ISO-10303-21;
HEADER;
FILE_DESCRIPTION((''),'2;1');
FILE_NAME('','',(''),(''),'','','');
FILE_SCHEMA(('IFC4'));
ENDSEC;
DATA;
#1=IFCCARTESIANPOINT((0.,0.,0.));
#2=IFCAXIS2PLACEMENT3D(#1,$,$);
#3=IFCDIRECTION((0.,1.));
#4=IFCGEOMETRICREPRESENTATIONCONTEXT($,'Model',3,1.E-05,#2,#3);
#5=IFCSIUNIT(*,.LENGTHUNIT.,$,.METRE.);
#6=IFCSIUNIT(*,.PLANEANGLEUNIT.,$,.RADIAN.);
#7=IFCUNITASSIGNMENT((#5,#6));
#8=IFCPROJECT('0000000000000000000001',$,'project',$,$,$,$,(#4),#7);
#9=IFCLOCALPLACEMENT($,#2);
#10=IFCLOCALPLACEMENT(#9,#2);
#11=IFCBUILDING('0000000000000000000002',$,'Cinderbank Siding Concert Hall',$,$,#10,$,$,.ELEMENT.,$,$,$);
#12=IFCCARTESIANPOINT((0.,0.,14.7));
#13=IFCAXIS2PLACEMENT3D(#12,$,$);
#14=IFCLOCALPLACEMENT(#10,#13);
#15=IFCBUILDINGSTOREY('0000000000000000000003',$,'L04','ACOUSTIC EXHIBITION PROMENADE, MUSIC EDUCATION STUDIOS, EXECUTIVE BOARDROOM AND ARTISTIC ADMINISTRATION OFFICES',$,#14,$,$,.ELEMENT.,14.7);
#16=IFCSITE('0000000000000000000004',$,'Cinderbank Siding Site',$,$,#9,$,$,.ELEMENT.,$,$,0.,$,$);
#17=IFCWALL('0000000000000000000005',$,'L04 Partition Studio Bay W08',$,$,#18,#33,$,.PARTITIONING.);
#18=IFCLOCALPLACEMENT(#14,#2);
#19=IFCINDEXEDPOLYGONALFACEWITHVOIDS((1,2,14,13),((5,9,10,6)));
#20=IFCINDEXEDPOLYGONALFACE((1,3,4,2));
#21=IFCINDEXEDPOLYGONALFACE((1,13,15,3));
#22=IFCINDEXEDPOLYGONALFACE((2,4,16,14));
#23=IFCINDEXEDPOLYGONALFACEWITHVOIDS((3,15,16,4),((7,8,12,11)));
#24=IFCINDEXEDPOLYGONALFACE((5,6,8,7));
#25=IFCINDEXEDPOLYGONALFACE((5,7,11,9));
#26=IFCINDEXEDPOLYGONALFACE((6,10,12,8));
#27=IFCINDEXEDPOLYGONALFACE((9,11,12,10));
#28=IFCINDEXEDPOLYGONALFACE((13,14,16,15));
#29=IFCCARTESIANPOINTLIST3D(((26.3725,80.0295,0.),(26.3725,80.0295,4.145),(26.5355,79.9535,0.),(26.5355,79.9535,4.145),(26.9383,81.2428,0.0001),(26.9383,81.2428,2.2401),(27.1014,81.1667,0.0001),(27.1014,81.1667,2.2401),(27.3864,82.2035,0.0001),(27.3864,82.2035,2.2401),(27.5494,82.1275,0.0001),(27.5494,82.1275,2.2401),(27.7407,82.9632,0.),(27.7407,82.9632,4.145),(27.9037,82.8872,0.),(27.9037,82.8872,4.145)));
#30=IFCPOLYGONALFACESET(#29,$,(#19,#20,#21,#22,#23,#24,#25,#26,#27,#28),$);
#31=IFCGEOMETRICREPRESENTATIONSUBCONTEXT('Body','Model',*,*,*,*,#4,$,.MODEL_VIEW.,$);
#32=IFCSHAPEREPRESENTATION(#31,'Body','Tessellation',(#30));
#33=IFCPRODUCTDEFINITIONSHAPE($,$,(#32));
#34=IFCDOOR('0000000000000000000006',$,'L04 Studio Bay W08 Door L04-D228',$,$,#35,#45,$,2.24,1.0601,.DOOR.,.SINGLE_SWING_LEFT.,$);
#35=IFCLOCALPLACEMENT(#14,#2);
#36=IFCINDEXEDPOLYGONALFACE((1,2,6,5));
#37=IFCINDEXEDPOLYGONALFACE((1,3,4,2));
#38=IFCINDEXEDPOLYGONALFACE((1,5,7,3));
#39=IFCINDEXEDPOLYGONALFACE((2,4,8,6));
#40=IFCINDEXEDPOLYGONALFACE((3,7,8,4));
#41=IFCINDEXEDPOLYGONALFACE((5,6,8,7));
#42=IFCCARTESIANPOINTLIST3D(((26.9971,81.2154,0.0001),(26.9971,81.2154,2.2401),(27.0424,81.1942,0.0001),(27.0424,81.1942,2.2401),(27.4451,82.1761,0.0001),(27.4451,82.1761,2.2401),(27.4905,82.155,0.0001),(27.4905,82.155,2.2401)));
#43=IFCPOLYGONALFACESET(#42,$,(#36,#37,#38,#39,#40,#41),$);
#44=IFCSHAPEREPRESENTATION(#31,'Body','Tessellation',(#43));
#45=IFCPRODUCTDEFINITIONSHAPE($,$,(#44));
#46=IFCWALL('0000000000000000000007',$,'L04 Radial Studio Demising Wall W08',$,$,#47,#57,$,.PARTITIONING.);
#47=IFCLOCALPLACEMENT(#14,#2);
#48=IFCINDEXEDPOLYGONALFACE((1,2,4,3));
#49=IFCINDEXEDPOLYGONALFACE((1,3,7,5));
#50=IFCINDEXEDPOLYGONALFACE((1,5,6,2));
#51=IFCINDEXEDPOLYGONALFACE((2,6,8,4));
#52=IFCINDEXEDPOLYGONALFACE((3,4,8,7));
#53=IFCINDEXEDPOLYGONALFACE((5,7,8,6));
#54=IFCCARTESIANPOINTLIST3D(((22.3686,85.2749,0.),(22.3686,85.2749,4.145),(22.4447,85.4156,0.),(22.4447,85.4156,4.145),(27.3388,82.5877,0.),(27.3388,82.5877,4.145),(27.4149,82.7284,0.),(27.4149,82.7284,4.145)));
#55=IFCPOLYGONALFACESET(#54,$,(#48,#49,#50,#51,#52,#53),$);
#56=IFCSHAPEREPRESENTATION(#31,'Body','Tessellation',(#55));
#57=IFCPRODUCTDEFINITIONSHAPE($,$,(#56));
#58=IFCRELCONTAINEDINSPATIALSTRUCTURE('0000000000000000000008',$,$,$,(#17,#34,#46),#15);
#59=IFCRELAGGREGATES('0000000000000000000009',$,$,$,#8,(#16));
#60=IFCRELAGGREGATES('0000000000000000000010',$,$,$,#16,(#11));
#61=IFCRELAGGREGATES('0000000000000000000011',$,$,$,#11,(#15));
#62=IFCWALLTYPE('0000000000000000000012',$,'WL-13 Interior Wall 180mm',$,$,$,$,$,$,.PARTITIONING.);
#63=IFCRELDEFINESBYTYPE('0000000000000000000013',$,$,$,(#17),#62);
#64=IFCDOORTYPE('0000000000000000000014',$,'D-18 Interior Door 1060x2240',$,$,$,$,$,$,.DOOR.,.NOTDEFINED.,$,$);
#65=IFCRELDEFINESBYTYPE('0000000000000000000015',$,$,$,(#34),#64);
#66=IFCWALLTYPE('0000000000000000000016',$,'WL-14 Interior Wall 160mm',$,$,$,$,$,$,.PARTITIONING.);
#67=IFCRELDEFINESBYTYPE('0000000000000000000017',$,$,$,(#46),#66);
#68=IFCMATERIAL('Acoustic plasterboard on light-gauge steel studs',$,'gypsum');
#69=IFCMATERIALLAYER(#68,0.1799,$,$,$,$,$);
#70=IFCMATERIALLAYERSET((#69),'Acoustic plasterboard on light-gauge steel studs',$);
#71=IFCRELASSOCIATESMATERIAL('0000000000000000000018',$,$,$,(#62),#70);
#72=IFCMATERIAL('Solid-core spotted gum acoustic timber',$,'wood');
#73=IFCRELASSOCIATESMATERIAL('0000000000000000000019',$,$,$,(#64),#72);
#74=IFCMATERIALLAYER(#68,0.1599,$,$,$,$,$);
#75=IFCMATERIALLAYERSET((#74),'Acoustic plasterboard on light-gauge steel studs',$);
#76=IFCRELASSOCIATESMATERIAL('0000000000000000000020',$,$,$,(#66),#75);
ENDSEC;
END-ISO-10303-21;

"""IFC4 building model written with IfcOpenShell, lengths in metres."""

from ifc_helpers import new_model, si_unit, direction, frame, frame_2d, origin, place, context, subcontext, project, spatial, rectangle, extrude, material, layer, layer_set, type_object, element, fill, save


model = new_model("IFC4")

# Units and contexts
model_context = context("Model", 3, precision=1e-05, world=origin(), true_north=direction((0.0, 1.0)))
body_context = subcontext(model_context, "Body", "Model", "MODEL_VIEW")
ifc_project = project(units=[si_unit("LENGTHUNIT", "METRE"), si_unit("PLANEANGLEUNIT", "RADIAN")], contexts=[model_context])

# Site, building, storey
site_placement = place(None, origin())
site = spatial("IfcSite", under=ifc_project, at=site_placement, Name="Cinderbank Siding Site", CompositionType="ELEMENT", RefElevation=0.0)
building_placement = place(site_placement, origin())
building = spatial("IfcBuilding", under=site, at=building_placement, Name="Cinderbank Siding Concert Hall", CompositionType="ELEMENT")
storey_placement = place(building_placement, frame((0.0, 0.0, 14.7)))
storey = spatial("IfcBuildingStorey", under=building, at=storey_placement, Name="L04", Description="ACOUSTIC EXHIBITION PROMENADE, MUSIC EDUCATION STUDIOS, EXECUTIVE BOARDROOM AND ARTISTIC ADMINISTRATION OFFICES", CompositionType="ELEMENT", Elevation=14.7)

# Wall, opening, door
ifc_material_1 = material(Name="Acoustic plasterboard on light-gauge steel studs", Category="gypsum")
ifc_material_2 = material(Name="Solid-core spotted gum acoustic timber", Category="wood")
ifc_layer_1 = layer(ifc_material_1, 0.1799)
ifc_layer_set_1 = layer_set([ifc_layer_1], Name="Acoustic plasterboard on light-gauge steel studs")
wall_type_1 = type_object("IfcWallType", Name="WL-13 Interior Wall 180mm", PredefinedType="PARTITIONING", material=ifc_layer_set_1)
wall_1_placement = place(storey_placement, frame((27.8223, 82.9253, 0.0), z_axis=(0.0, 0.0, 1.0), x_axis=(-0.422671, -0.906283, 0.0)))
wall_1 = element("IfcWall", 1, at=wall_1_placement, inside=storey, type_object=wall_type_1, Name="L04 Partition Studio Bay W08", PredefinedType="PARTITIONING", context=body_context, shape_type="SweptSolid", body=[
    extrude(rectangle(XDim=3.2371, YDim=0.1799, at=frame_2d((1.6187, 0.0))), origin(), (0.0, 0.0, 1.0), 4.145),
])
opening_1_placement = place(wall_1_placement, frame((0.8384, 0.0, 0.0)))
opening_1 = element("IfcOpeningElement", 2, at=opening_1_placement, cuts=wall_1, PredefinedType="OPENING", context=body_context, shape_type="SweptSolid", body=[
    extrude(rectangle(XDim=1.0601, YDim=2.24, at=frame_2d((0.53, 1.1201))), frame((0.0, 0.1021, 0.0), z_axis=(0.0, -1.0, 0.0), x_axis=(1.0, 0.0, 0.0)), (0.0, 0.0, 1.0), 0.2039),
])
door_type_1 = type_object("IfcDoorType", Name="D-18 Interior Door 1060x2240", OperationType="NOTDEFINED", PredefinedType="DOOR", material=ifc_material_2)
door_1_placement = place(opening_1_placement, origin())
door_1 = element("IfcDoor", 3, at=door_1_placement, inside=storey, type_object=door_type_1, Name="L04 Studio Bay W08 Door L04-D228", OperationType="SINGLE_SWING_LEFT", OverallHeight=2.24, OverallWidth=1.0601, PredefinedType="DOOR", context=body_context, shape_type="SweptSolid", body=[
    extrude(rectangle(XDim=1.0601, YDim=2.24, at=frame_2d((0.53, 1.1201))), frame((0.0, 0.0249, 0.0), z_axis=(0.0, -1.0, 0.0), x_axis=(1.0, 0.0, 0.0)), (0.0, 0.0, 1.0), 0.05),
])
fill(opening_1, door_1)

# Wall
ifc_layer_2 = layer(ifc_material_1, 0.1599)
ifc_layer_set_2 = layer_set([ifc_layer_2], Name="Acoustic plasterboard on light-gauge steel studs")
wall_type_2 = type_object("IfcWallType", Name="WL-14 Interior Wall 160mm", PredefinedType="PARTITIONING", material=ifc_layer_set_2)
wall_2_placement = place(storey_placement, frame((27.377, 82.658, 0.0), z_axis=(0.0, 0.0, 1.0), x_axis=(-0.879658, 0.475607, 0.0)))
element("IfcWall", 4, at=wall_2_placement, inside=storey, type_object=wall_type_2, Name="L04 Radial Studio Demising Wall W08", PredefinedType="PARTITIONING", context=body_context, shape_type="SweptSolid", body=[
    extrude(rectangle(XDim=5.6501, YDim=0.1599, at=frame_2d((2.8252, 0.0))), origin(), (0.0, 0.0, 1.0), 4.145),
])

save(model, "model.ifc")
